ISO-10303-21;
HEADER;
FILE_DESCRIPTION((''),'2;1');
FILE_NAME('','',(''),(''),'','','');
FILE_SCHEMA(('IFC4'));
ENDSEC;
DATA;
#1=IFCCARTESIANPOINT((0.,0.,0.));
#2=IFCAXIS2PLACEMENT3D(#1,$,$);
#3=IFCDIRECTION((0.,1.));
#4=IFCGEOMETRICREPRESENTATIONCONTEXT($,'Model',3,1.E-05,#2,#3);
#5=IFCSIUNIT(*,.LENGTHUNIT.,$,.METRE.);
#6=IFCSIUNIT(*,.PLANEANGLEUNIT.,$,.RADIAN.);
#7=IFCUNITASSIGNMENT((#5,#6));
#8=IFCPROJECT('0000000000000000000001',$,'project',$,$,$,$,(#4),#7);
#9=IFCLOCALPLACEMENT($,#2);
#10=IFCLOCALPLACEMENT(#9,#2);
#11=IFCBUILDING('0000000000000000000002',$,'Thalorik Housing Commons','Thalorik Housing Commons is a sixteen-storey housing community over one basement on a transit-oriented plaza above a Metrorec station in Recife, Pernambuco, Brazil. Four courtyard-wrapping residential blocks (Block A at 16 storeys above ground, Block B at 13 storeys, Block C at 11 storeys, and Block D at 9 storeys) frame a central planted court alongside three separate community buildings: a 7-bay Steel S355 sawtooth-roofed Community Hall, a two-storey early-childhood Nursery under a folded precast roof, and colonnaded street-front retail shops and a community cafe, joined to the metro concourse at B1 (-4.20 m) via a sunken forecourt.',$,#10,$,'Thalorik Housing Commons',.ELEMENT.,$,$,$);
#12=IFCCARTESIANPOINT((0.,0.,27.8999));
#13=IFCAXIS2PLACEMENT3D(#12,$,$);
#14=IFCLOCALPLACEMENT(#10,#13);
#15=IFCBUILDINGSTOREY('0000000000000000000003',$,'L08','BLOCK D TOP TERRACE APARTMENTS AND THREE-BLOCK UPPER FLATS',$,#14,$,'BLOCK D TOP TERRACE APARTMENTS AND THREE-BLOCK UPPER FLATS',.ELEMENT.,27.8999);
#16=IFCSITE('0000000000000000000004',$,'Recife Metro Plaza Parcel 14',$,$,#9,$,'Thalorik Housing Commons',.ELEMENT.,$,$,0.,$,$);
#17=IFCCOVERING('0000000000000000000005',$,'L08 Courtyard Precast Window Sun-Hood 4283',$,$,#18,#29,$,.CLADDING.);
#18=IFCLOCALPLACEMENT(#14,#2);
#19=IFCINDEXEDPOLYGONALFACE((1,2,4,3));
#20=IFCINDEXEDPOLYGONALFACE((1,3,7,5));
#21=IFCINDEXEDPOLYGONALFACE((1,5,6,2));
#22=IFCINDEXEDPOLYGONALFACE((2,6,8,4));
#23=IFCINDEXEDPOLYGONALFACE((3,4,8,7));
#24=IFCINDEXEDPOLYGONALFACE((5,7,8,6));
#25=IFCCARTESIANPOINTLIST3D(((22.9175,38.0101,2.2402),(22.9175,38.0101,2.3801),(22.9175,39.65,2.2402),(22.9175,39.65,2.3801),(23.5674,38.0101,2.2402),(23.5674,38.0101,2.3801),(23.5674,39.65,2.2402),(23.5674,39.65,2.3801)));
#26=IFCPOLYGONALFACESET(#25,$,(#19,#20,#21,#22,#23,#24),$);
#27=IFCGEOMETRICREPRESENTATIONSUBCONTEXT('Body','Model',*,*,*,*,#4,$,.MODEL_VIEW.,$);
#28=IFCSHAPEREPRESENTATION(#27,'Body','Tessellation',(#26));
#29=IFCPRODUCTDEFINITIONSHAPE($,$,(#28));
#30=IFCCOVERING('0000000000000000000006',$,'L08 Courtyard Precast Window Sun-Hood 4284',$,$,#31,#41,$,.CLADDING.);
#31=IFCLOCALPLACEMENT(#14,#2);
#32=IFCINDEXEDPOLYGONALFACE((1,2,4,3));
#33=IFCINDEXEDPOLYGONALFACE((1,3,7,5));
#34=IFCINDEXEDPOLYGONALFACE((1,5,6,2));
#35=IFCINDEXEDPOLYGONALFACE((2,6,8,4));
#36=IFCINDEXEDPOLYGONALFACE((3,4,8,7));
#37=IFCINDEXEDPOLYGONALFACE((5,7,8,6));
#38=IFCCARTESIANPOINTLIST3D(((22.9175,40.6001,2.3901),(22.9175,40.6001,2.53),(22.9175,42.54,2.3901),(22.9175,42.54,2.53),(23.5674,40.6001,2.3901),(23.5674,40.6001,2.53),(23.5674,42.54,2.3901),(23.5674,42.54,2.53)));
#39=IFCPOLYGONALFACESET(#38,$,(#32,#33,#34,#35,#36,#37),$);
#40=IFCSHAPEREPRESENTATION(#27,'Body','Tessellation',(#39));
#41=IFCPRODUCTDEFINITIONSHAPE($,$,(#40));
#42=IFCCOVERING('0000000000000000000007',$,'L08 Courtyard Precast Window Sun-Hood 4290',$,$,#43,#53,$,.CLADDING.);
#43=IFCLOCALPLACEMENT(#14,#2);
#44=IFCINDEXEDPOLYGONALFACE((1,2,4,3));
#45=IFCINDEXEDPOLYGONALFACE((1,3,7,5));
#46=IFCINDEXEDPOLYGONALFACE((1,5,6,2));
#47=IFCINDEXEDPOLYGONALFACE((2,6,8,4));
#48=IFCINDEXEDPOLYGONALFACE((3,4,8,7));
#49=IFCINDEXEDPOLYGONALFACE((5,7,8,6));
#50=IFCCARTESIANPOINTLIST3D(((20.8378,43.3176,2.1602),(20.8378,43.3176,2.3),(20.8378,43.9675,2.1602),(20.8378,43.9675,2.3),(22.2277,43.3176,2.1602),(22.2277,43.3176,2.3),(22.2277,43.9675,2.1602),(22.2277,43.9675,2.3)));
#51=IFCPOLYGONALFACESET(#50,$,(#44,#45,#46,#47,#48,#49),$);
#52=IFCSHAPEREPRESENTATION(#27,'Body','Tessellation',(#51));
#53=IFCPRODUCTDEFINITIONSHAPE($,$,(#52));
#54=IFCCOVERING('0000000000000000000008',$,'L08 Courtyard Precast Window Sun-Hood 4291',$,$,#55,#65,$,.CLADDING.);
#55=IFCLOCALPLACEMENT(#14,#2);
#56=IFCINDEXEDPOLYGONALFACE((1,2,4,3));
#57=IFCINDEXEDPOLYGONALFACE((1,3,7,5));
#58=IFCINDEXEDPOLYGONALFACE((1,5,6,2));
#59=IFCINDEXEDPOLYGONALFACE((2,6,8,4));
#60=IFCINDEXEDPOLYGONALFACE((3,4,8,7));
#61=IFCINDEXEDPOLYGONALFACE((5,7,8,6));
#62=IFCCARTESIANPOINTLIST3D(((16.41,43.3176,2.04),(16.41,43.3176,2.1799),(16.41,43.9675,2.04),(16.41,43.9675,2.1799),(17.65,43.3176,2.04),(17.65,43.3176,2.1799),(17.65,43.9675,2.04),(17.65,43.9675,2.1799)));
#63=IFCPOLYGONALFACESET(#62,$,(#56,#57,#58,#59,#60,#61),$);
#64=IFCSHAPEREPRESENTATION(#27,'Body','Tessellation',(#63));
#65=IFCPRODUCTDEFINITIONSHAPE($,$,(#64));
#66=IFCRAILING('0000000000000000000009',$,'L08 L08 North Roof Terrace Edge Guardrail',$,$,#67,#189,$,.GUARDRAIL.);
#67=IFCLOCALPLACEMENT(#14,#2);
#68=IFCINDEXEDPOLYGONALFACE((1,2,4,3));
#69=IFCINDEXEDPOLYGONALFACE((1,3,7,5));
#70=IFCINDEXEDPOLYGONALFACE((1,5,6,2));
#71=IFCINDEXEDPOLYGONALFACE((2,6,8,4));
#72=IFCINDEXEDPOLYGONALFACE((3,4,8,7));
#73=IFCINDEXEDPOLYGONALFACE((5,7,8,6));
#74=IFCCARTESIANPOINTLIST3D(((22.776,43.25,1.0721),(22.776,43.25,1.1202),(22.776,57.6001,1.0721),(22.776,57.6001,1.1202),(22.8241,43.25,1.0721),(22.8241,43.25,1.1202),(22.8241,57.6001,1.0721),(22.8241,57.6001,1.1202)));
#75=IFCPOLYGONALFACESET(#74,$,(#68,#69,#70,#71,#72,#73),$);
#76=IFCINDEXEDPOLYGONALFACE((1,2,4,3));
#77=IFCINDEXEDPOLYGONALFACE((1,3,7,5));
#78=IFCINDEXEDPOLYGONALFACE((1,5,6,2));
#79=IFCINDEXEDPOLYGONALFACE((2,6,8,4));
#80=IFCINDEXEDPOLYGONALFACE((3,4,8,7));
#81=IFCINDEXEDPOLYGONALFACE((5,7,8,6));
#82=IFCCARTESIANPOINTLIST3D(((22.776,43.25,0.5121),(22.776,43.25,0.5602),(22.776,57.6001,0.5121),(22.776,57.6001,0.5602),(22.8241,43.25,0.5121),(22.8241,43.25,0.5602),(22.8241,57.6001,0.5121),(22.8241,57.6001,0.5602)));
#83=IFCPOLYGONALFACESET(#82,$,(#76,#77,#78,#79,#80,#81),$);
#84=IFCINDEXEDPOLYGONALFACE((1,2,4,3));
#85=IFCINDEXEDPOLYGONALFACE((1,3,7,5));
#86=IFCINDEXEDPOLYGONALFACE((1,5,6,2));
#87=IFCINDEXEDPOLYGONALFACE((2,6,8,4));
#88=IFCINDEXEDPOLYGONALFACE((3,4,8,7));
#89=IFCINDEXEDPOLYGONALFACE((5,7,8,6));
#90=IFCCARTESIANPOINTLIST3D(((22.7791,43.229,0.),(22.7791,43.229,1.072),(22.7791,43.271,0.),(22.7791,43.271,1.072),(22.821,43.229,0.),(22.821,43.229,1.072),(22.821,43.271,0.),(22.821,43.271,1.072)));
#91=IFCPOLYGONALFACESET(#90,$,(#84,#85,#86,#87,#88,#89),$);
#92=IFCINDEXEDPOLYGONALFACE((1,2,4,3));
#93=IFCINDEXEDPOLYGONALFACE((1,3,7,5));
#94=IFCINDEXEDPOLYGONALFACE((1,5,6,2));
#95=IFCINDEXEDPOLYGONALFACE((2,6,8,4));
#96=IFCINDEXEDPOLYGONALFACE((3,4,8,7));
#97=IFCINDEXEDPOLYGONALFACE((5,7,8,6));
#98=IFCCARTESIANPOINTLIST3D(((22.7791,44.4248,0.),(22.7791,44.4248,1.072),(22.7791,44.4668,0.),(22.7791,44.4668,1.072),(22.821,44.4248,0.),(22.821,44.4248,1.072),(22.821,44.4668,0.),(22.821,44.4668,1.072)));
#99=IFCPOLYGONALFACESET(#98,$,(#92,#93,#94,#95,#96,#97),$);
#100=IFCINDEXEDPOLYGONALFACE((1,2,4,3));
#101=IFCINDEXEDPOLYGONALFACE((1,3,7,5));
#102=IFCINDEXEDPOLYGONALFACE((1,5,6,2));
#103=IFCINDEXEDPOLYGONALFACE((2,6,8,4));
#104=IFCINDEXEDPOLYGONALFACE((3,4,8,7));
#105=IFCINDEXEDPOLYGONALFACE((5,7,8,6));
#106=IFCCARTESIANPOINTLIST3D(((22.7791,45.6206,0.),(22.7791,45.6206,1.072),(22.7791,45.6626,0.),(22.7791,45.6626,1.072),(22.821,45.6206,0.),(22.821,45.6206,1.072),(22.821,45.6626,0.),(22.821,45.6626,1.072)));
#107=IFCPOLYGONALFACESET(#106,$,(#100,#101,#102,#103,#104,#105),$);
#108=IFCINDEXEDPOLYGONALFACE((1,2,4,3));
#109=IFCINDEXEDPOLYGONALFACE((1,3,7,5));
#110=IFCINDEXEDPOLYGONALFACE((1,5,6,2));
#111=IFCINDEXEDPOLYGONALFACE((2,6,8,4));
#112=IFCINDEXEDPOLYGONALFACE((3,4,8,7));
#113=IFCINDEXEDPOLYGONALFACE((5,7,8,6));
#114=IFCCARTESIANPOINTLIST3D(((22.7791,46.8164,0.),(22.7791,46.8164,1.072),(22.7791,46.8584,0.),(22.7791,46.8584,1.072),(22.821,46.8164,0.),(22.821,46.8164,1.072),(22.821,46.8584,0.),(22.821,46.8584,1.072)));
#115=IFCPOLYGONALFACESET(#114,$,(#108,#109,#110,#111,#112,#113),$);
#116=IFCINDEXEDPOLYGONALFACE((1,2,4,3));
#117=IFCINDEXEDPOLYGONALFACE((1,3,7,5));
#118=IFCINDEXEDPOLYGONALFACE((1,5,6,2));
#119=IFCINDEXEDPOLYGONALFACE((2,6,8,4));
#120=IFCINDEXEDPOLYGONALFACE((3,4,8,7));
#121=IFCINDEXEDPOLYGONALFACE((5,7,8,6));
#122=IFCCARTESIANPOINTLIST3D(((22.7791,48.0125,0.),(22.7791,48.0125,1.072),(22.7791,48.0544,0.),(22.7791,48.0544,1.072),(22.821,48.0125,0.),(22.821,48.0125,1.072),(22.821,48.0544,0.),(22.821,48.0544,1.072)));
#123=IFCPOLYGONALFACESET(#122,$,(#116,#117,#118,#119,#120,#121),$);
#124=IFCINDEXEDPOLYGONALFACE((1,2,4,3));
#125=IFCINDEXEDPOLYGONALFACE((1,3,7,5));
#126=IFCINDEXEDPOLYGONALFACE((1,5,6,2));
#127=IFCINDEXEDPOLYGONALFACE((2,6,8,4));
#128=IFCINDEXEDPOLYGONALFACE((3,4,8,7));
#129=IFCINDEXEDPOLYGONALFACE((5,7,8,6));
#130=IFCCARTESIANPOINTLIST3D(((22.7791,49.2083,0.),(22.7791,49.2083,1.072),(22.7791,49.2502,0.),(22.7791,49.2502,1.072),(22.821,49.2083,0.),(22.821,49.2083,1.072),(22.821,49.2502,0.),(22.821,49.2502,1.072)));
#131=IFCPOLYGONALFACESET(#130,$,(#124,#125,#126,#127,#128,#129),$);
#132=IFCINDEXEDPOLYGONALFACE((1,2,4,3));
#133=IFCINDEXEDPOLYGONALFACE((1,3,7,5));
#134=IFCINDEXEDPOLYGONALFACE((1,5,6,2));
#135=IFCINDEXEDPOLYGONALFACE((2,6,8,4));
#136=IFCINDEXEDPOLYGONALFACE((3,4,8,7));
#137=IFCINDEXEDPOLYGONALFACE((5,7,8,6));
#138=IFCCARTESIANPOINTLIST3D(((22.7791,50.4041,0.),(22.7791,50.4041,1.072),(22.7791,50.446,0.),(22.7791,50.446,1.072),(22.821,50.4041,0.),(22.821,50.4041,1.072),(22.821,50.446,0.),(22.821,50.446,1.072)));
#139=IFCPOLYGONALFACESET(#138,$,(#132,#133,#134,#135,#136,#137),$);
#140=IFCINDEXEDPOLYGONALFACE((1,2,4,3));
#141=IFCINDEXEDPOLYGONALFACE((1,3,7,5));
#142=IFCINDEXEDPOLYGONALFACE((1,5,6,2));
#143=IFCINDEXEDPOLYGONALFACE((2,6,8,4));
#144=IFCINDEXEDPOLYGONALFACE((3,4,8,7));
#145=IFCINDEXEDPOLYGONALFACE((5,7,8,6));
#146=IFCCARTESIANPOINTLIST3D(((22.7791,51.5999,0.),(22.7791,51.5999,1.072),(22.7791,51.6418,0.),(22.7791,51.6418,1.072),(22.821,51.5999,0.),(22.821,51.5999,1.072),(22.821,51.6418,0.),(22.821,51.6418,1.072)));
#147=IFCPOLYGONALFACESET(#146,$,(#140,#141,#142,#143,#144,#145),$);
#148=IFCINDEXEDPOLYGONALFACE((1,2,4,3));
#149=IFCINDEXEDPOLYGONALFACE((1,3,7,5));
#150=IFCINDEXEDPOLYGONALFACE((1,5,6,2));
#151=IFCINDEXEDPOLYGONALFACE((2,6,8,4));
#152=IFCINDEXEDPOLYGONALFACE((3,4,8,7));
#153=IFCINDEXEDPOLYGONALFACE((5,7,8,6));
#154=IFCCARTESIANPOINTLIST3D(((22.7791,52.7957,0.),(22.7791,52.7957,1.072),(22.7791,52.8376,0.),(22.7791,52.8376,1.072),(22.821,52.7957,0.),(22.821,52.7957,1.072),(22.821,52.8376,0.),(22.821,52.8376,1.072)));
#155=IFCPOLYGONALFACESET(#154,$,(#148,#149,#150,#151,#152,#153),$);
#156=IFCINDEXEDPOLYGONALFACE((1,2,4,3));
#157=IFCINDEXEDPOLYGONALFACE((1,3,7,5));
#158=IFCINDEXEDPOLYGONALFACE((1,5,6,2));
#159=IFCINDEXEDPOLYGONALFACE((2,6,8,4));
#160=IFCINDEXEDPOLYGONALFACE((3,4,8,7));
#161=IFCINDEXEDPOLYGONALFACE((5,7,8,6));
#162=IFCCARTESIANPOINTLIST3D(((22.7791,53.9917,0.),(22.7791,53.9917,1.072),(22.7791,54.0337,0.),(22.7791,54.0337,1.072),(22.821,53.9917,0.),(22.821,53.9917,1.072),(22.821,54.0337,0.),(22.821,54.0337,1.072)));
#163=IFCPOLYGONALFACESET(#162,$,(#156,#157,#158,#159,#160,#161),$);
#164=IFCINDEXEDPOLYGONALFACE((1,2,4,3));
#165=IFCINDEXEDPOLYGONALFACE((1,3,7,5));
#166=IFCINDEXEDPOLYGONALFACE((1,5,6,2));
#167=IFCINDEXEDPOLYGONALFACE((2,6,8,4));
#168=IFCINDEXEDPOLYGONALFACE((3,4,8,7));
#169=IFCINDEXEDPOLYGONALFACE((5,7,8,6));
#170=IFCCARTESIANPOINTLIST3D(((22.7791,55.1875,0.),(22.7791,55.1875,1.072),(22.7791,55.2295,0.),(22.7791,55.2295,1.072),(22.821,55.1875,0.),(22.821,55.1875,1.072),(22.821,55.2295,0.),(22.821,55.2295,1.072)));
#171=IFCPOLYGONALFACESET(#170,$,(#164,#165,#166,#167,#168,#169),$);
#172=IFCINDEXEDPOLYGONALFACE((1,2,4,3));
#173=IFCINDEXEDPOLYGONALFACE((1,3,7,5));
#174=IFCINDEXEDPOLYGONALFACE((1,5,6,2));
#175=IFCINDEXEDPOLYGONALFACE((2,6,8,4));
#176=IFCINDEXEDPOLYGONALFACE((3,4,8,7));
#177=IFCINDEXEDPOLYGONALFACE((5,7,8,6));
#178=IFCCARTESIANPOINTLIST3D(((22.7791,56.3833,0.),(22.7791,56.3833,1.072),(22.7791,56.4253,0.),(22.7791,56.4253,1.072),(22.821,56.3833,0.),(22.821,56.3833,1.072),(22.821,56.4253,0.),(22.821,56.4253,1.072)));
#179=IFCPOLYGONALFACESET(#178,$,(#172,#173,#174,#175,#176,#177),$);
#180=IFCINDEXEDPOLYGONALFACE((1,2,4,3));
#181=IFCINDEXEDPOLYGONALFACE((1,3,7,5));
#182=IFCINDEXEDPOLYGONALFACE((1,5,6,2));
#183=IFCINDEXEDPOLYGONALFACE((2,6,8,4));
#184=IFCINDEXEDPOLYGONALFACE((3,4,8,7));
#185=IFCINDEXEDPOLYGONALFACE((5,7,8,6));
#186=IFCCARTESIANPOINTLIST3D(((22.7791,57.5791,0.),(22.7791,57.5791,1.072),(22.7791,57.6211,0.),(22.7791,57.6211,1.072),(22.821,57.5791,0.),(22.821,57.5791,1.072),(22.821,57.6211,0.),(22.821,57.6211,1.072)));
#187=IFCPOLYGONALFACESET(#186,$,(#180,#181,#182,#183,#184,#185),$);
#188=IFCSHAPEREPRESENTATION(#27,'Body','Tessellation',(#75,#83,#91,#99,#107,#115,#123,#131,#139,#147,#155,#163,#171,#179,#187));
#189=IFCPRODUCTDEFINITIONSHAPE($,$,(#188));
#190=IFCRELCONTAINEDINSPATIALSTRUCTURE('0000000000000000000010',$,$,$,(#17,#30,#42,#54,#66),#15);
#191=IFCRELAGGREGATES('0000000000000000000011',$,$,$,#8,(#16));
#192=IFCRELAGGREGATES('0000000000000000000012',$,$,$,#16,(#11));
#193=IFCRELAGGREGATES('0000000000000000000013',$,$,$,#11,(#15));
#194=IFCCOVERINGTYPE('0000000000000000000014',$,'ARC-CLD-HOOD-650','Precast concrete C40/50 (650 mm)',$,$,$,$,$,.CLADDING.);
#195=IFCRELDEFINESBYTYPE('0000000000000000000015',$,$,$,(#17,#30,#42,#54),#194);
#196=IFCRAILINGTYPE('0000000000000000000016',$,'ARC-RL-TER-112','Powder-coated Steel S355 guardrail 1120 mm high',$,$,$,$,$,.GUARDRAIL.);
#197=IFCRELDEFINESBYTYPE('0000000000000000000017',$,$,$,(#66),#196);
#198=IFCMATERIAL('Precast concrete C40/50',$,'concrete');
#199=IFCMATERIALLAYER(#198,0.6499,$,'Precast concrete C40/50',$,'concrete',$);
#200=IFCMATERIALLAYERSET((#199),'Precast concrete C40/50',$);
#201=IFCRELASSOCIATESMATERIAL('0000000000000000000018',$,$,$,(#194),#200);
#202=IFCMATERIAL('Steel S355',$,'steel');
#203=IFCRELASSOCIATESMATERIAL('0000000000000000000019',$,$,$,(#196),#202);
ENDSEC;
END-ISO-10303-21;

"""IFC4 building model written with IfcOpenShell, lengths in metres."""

from ifc_helpers import new_model, si_unit, direction, frame, origin, origin_2d, place, context, subcontext, project, spatial, rectangle, extrude, material, layer, layer_set, type_object, element, save


model = new_model("IFC4")

# Units and contexts
model_context = context("Model", 3, precision=1e-05, world=origin(), true_north=direction((0.0, 1.0)))
body_context = subcontext(model_context, "Body", "Model", "MODEL_VIEW")
ifc_project = project(units=[si_unit("LENGTHUNIT", "METRE"), si_unit("PLANEANGLEUNIT", "RADIAN")], contexts=[model_context])

# Site, building, storey
site_placement = place(None, origin())
site = spatial("IfcSite", under=ifc_project, at=site_placement, Name="Recife Metro Plaza Parcel 14", LongName="Thalorik Housing Commons", CompositionType="ELEMENT", RefElevation=0.0)
building_placement = place(site_placement, origin())
building = spatial("IfcBuilding", under=site, at=building_placement, Name="Thalorik Housing Commons", Description="Thalorik Housing Commons is a sixteen-storey housing community over one basement on a transit-oriented plaza above a Metrorec station in Recife, Pernambuco, Brazil. Four courtyard-wrapping residential blocks (Block A at 16 storeys above ground, Block B at 13 storeys, Block C at 11 storeys, and Block D at 9 storeys) frame a central planted court alongside three separate community buildings: a 7-bay Steel S355 sawtooth-roofed Community Hall, a two-storey early-childhood Nursery under a folded precast roof, and colonnaded street-front retail shops and a community cafe, joined to the metro concourse at B1 (-4.20 m) via a sunken forecourt.", LongName="Thalorik Housing Commons", CompositionType="ELEMENT")
storey_placement = place(building_placement, frame((0.0, 0.0, 27.8999)))
storey = spatial("IfcBuildingStorey", under=building, at=storey_placement, Name="L08", Description="BLOCK D TOP TERRACE APARTMENTS AND THREE-BLOCK UPPER FLATS", LongName="BLOCK D TOP TERRACE APARTMENTS AND THREE-BLOCK UPPER FLATS", CompositionType="ELEMENT", Elevation=27.8999)

# Shared definitions
ifc_material_1 = material(Name="Precast concrete C40/50", Category="concrete")

# Coverings
ifc_layer_1 = layer(ifc_material_1, 0.6499, Name="Precast concrete C40/50", Category="concrete")
ifc_layer_set_1 = layer_set([ifc_layer_1], Name="Precast concrete C40/50")
covering_type_1 = type_object("IfcCoveringType", Name="ARC-CLD-HOOD-650", Description="Precast concrete C40/50 (650 mm)", PredefinedType="CLADDING", material=ifc_layer_set_1)
covering_1_placement = place(storey_placement, frame((23.2424, 38.8301, 2.2402), z_axis=(0.0, 0.0, 1.0), x_axis=(0.0, 1.0, 0.0)))
element("IfcCovering", 1, at=covering_1_placement, inside=storey, type_object=covering_type_1, Name="L08 Courtyard Precast Window Sun-Hood 4283", PredefinedType="CLADDING", context=body_context, shape_type="SweptSolid", body=[
    extrude(rectangle(XDim=1.6399, YDim=0.6499, at=origin_2d()), origin(), (0.0, 0.0, 1.0), 0.1399),
])
covering_2_placement = place(storey_placement, frame((23.2424, 41.5701, 2.3901), z_axis=(0.0, 0.0, 1.0), x_axis=(0.0, 1.0, 0.0)))
element("IfcCovering", 2, at=covering_2_placement, inside=storey, type_object=covering_type_1, Name="L08 Courtyard Precast Window Sun-Hood 4284", PredefinedType="CLADDING", context=body_context, shape_type="SweptSolid", body=[
    extrude(rectangle(XDim=1.9399, YDim=0.6499, at=origin_2d()), origin(), (0.0, 0.0, 1.0), 0.1399),
])
covering_3_placement = place(storey_placement, frame((21.5327, 43.6426, 2.1602), z_axis=(0.0, 0.0, 1.0), x_axis=(-1.0, 0.0, 0.0)))
element("IfcCovering", 3, at=covering_3_placement, inside=storey, type_object=covering_type_1, Name="L08 Courtyard Precast Window Sun-Hood 4290", PredefinedType="CLADDING", context=body_context, shape_type="SweptSolid", body=[
    extrude(rectangle(XDim=1.3899, YDim=0.6499, at=origin_2d()), origin(), (0.0, 0.0, 1.0), 0.1399),
])
covering_4_placement = place(storey_placement, frame((17.03, 43.6426, 2.04), z_axis=(0.0, 0.0, 1.0), x_axis=(-1.0, 0.0, 0.0)))
element("IfcCovering", 4, at=covering_4_placement, inside=storey, type_object=covering_type_1, Name="L08 Courtyard Precast Window Sun-Hood 4291", PredefinedType="CLADDING", context=body_context, shape_type="SweptSolid", body=[
    extrude(rectangle(XDim=1.24, YDim=0.6499, at=origin_2d()), origin(), (0.0, 0.0, 1.0), 0.1399),
])

# Railing
ifc_material_2 = material(Name="Steel S355", Category="steel")
railing_type = type_object("IfcRailingType", Name="ARC-RL-TER-112", Description="Powder-coated Steel S355 guardrail 1120 mm high", PredefinedType="GUARDRAIL", material=ifc_material_2)
railing_placement = place(storey_placement, frame((22.8, 43.25, 0.0)))
element("IfcRailing", 5, at=railing_placement, inside=storey, type_object=railing_type, Name="L08 L08 North Roof Terrace Edge Guardrail", PredefinedType="GUARDRAIL", context=body_context, shape_type="SweptSolid", body=[
    extrude(rectangle(XDim=0.0481, YDim=0.0481, at=origin_2d()), frame((0.0, 0.0, 1.0962), z_axis=(0.0, 1.0, 0.0), x_axis=(-1.0, 0.0, 0.0)), (0.0, 0.0, 1.0), 14.3501),
    extrude(rectangle(XDim=0.0481, YDim=0.0481, at=origin_2d()), frame((0.0, 0.0, 0.5361), z_axis=(0.0, 1.0, 0.0), x_axis=(-1.0, 0.0, 0.0)), (0.0, 0.0, 1.0), 14.3501),
    extrude(rectangle(XDim=0.042, YDim=0.042, at=origin_2d()), origin(), (0.0, 0.0, 1.0), 1.072),
    extrude(rectangle(XDim=0.042, YDim=0.042, at=origin_2d()), frame((0.0, 1.1958, 0.0)), (0.0, 0.0, 1.0), 1.072),
    extrude(rectangle(XDim=0.042, YDim=0.042, at=origin_2d()), frame((0.0, 2.3916, 0.0)), (0.0, 0.0, 1.0), 1.072),
    extrude(rectangle(XDim=0.042, YDim=0.042, at=origin_2d()), frame((0.0, 3.5874, 0.0)), (0.0, 0.0, 1.0), 1.072),
    extrude(rectangle(XDim=0.042, YDim=0.042, at=origin_2d()), frame((0.0, 4.7834, 0.0)), (0.0, 0.0, 1.0), 1.072),
    extrude(rectangle(XDim=0.042, YDim=0.042, at=origin_2d()), frame((0.0, 5.9792, 0.0)), (0.0, 0.0, 1.0), 1.072),
    extrude(rectangle(XDim=0.042, YDim=0.042, at=origin_2d()), frame((0.0, 7.175, 0.0)), (0.0, 0.0, 1.0), 1.072),
    extrude(rectangle(XDim=0.042, YDim=0.042, at=origin_2d()), frame((0.0, 8.3708, 0.0)), (0.0, 0.0, 1.0), 1.072),
    extrude(rectangle(XDim=0.042, YDim=0.042, at=origin_2d()), frame((0.0, 9.5667, 0.0)), (0.0, 0.0, 1.0), 1.072),
    extrude(rectangle(XDim=0.042, YDim=0.042, at=origin_2d()), frame((0.0, 10.7627, 0.0)), (0.0, 0.0, 1.0), 1.072),
    extrude(rectangle(XDim=0.042, YDim=0.042, at=origin_2d()), frame((0.0, 11.9585, 0.0)), (0.0, 0.0, 1.0), 1.072),
    extrude(rectangle(XDim=0.042, YDim=0.042, at=origin_2d()), frame((0.0, 13.1543, 0.0)), (0.0, 0.0, 1.0), 1.072),
    extrude(rectangle(XDim=0.042, YDim=0.042, at=origin_2d()), frame((0.0, 14.3501, 0.0)), (0.0, 0.0, 1.0), 1.072),
])

save(model, "model.ifc")
